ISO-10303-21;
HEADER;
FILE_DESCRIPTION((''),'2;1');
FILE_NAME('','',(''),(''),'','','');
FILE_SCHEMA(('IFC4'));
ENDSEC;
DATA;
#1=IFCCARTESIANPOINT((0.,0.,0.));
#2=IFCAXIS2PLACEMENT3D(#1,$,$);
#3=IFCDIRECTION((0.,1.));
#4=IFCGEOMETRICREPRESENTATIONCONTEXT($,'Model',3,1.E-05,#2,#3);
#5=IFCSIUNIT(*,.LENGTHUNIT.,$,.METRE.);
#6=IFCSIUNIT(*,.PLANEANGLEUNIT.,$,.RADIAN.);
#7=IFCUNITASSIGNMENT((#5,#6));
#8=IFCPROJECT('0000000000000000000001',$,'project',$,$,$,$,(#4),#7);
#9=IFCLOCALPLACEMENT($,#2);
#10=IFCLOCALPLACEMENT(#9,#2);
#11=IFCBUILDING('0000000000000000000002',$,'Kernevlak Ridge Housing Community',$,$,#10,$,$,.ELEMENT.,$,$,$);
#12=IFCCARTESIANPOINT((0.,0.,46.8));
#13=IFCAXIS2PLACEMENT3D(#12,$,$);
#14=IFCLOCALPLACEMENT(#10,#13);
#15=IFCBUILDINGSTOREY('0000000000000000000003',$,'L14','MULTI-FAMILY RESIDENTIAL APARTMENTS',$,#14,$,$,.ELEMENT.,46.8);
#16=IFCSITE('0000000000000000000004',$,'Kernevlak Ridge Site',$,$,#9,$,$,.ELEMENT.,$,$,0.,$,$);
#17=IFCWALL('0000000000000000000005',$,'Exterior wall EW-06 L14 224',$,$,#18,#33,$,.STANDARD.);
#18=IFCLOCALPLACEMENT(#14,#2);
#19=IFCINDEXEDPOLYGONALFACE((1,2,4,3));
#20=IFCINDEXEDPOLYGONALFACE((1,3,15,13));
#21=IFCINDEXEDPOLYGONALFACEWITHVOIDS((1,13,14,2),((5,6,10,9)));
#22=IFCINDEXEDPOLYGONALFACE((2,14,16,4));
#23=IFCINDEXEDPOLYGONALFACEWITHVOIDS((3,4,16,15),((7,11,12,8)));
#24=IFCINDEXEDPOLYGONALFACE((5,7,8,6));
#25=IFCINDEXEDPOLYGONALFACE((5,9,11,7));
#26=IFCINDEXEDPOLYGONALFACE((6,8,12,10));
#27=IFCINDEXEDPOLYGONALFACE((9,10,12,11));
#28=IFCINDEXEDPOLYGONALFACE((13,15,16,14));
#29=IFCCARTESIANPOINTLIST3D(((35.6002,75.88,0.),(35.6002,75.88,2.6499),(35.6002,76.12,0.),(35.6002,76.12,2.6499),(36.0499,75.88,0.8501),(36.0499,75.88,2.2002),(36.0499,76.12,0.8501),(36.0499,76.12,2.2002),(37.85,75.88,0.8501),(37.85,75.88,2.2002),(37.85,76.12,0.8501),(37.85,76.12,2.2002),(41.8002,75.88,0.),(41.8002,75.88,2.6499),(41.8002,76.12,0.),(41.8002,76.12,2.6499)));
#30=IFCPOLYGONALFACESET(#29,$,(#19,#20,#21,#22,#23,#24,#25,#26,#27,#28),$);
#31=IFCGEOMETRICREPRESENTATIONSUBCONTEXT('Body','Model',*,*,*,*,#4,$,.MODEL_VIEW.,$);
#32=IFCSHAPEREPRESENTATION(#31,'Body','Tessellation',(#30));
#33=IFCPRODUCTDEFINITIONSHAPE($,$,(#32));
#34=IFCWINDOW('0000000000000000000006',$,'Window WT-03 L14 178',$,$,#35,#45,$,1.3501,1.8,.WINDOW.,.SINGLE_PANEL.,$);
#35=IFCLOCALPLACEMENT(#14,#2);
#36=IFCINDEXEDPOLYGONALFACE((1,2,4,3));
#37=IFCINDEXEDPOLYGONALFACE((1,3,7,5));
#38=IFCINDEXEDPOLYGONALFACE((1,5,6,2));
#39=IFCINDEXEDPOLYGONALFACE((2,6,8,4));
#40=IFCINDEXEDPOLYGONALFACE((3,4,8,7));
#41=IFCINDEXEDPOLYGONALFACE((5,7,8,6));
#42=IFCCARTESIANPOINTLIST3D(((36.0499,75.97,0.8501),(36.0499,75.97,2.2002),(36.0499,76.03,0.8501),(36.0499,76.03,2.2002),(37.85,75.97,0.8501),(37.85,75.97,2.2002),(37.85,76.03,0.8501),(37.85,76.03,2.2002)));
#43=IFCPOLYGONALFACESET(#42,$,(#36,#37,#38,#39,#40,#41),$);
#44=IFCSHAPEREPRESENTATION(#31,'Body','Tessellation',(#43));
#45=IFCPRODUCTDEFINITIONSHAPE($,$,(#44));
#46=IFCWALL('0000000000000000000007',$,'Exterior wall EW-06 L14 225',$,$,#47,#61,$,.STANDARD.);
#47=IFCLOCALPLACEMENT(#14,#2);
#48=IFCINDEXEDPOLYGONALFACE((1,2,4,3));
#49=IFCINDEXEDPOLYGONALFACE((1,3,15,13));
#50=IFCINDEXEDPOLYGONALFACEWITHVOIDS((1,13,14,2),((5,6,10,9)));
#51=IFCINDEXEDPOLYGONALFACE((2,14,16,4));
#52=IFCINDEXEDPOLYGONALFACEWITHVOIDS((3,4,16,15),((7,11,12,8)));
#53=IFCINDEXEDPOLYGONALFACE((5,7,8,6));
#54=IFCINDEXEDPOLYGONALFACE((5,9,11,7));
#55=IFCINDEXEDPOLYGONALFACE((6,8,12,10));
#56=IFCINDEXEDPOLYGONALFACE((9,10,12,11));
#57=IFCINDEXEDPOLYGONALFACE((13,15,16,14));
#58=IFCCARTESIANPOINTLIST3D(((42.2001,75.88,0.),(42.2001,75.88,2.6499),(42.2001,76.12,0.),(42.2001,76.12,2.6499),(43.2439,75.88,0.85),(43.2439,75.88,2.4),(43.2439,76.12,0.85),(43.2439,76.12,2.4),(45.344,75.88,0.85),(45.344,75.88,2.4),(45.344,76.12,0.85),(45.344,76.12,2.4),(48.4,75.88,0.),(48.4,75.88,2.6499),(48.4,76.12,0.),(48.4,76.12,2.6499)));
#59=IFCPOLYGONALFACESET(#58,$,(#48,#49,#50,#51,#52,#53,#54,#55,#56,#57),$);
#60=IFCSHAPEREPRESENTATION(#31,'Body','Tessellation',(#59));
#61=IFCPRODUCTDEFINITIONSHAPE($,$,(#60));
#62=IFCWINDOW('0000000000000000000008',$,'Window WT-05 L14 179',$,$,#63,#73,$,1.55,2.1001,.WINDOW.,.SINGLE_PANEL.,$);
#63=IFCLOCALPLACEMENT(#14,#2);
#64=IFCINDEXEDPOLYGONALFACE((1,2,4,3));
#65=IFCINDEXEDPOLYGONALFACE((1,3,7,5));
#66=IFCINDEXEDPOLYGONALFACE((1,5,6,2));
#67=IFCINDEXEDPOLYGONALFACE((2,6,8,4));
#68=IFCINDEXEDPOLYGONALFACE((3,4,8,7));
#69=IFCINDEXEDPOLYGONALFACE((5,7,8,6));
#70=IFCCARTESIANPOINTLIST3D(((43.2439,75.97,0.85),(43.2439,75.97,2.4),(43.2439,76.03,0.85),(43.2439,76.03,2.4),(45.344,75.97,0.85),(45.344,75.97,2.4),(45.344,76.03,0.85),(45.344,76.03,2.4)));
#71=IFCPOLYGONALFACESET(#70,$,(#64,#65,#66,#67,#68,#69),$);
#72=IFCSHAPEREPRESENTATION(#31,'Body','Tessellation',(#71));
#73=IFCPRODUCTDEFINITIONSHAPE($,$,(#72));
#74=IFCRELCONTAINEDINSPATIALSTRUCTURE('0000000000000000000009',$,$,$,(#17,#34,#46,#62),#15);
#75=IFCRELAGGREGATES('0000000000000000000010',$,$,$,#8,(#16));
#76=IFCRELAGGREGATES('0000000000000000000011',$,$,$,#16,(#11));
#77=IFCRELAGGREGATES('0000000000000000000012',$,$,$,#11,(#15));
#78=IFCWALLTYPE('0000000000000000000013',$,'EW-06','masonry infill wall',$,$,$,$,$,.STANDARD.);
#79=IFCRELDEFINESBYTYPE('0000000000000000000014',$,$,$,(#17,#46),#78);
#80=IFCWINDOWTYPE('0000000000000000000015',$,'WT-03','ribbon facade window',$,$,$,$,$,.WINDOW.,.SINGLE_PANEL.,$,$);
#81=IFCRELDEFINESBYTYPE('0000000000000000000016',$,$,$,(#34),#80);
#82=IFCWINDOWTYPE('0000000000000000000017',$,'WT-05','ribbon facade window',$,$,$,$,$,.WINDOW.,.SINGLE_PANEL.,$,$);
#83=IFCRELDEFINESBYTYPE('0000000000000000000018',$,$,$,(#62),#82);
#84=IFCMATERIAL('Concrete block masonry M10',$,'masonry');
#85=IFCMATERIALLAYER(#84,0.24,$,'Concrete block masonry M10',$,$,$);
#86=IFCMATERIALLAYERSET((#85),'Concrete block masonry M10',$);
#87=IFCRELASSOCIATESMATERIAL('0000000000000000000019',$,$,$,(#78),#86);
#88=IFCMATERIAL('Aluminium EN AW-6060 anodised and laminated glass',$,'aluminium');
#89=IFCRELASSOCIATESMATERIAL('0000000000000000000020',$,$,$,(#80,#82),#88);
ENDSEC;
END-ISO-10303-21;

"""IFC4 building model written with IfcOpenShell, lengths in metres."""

from ifc_helpers import new_model, si_unit, direction, frame, frame_2d, origin, place, context, subcontext, project, spatial, rectangle, extrude, material, layer, layer_set, type_object, element, fill, save


model = new_model("IFC4")

# Units and contexts
model_context = context("Model", 3, precision=1e-05, world=origin(), true_north=direction((0.0, 1.0)))
body_context = subcontext(model_context, "Body", "Model", "MODEL_VIEW")
ifc_project = project(units=[si_unit("LENGTHUNIT", "METRE"), si_unit("PLANEANGLEUNIT", "RADIAN")], contexts=[model_context])

# Site, building, storey
site_placement = place(None, origin())
site = spatial("IfcSite", under=ifc_project, at=site_placement, Name="Kernevlak Ridge Site", CompositionType="ELEMENT", RefElevation=0.0)
building_placement = place(site_placement, origin())
building = spatial("IfcBuilding", under=site, at=building_placement, Name="Kernevlak Ridge Housing Community", CompositionType="ELEMENT")
storey_placement = place(building_placement, frame((0.0, 0.0, 46.8)))
storey = spatial("IfcBuildingStorey", under=building, at=storey_placement, Name="L14", Description="MULTI-FAMILY RESIDENTIAL APARTMENTS", CompositionType="ELEMENT", Elevation=46.8)

# Shared definitions
ifc_material_1 = material(Name="Concrete block masonry M10", Category="masonry")
ifc_layer_1 = layer(ifc_material_1, 0.24, Name="Concrete block masonry M10")
ifc_layer_set_1 = layer_set([ifc_layer_1], Name="Concrete block masonry M10")
wall_type = type_object("IfcWallType", Name="EW-06", Description="masonry infill wall", PredefinedType="STANDARD", material=ifc_layer_set_1)
ifc_material_2 = material(Name="Aluminium EN AW-6060 anodised and laminated glass", Category="aluminium")
window_type_1 = type_object("IfcWindowType", Name="WT-03", Description="ribbon facade window", PartitioningType="SINGLE_PANEL", PredefinedType="WINDOW", material=ifc_material_2)

# Walls, openings, windows
window_type_2 = type_object("IfcWindowType", Name="WT-05", Description="ribbon facade window", PartitioningType="SINGLE_PANEL", PredefinedType="WINDOW", material=ifc_material_2)
wall_1_placement = place(storey_placement, frame((35.6001, 76.0, 0.0), z_axis=(0.0, 0.0, 1.0), x_axis=(1.0, 0.0, 0.0)))
wall_1 = element("IfcWall", 1, at=wall_1_placement, inside=storey, type_object=wall_type, Name="Exterior wall EW-06 L14 224", PredefinedType="STANDARD", context=body_context, shape_type="SweptSolid", body=[
    extrude(rectangle(XDim=6.2, YDim=0.24, at=frame_2d((3.1001, 0.0))), origin(), (0.0, 0.0, 1.0), 2.6499),
])
opening_1_placement = place(wall_1_placement, frame((0.45, 0.0, 0.8501)))
opening_1 = element("IfcOpeningElement", 2, at=opening_1_placement, cuts=wall_1, PredefinedType="OPENING", context=body_context, shape_type="SweptSolid", body=[
    extrude(rectangle(XDim=1.8, YDim=1.3501, at=frame_2d((0.8999, 0.675))), frame((0.0, 0.1299, 0.0), z_axis=(0.0, -1.0, 0.0), x_axis=(1.0, 0.0, 0.0)), (0.0, 0.0, 1.0), 0.26),
])
window_1_placement = place(opening_1_placement, origin())
window_1 = element("IfcWindow", 3, at=window_1_placement, inside=storey, type_object=window_type_1, Name="Window WT-03 L14 178", OverallHeight=1.3501, OverallWidth=1.8, PartitioningType="SINGLE_PANEL", PredefinedType="WINDOW", context=body_context, shape_type="SweptSolid", body=[
    extrude(rectangle(XDim=1.8, YDim=1.3501, at=frame_2d((0.8999, 0.675))), frame((0.0, 0.03, 0.0), z_axis=(0.0, -1.0, 0.0), x_axis=(1.0, 0.0, 0.0)), (0.0, 0.0, 1.0), 0.0601),
])
fill(opening_1, window_1)
wall_2_placement = place(storey_placement, frame((42.2, 76.0, 0.0), z_axis=(0.0, 0.0, 1.0), x_axis=(1.0, 0.0, 0.0)))
wall_2 = element("IfcWall", 4, at=wall_2_placement, inside=storey, type_object=wall_type, Name="Exterior wall EW-06 L14 225", PredefinedType="STANDARD", context=body_context, shape_type="SweptSolid", body=[
    extrude(rectangle(XDim=6.2, YDim=0.24, at=frame_2d((3.1001, 0.0))), origin(), (0.0, 0.0, 1.0), 2.6499),
])
opening_2_placement = place(wall_2_placement, frame((1.0439, 0.0, 0.8501)))
opening_2 = element("IfcOpeningElement", 5, at=opening_2_placement, cuts=wall_2, PredefinedType="OPENING", context=body_context, shape_type="SweptSolid", body=[
    extrude(rectangle(XDim=2.1001, YDim=1.55, at=frame_2d((1.05, 0.7749))), frame((0.0, 0.1299, 0.0), z_axis=(0.0, -1.0, 0.0), x_axis=(1.0, 0.0, 0.0)), (0.0, 0.0, 1.0), 0.26),
])
window_2_placement = place(opening_2_placement, origin())
window_2 = element("IfcWindow", 6, at=window_2_placement, inside=storey, type_object=window_type_2, Name="Window WT-05 L14 179", OverallHeight=1.55, OverallWidth=2.1001, PartitioningType="SINGLE_PANEL", PredefinedType="WINDOW", context=body_context, shape_type="SweptSolid", body=[
    extrude(rectangle(XDim=2.1001, YDim=1.55, at=frame_2d((1.05, 0.7749))), frame((0.0, 0.03, 0.0), z_axis=(0.0, -1.0, 0.0), x_axis=(1.0, 0.0, 0.0)), (0.0, 0.0, 1.0), 0.0601),
])
fill(opening_2, window_2)

save(model, "model.ifc")
